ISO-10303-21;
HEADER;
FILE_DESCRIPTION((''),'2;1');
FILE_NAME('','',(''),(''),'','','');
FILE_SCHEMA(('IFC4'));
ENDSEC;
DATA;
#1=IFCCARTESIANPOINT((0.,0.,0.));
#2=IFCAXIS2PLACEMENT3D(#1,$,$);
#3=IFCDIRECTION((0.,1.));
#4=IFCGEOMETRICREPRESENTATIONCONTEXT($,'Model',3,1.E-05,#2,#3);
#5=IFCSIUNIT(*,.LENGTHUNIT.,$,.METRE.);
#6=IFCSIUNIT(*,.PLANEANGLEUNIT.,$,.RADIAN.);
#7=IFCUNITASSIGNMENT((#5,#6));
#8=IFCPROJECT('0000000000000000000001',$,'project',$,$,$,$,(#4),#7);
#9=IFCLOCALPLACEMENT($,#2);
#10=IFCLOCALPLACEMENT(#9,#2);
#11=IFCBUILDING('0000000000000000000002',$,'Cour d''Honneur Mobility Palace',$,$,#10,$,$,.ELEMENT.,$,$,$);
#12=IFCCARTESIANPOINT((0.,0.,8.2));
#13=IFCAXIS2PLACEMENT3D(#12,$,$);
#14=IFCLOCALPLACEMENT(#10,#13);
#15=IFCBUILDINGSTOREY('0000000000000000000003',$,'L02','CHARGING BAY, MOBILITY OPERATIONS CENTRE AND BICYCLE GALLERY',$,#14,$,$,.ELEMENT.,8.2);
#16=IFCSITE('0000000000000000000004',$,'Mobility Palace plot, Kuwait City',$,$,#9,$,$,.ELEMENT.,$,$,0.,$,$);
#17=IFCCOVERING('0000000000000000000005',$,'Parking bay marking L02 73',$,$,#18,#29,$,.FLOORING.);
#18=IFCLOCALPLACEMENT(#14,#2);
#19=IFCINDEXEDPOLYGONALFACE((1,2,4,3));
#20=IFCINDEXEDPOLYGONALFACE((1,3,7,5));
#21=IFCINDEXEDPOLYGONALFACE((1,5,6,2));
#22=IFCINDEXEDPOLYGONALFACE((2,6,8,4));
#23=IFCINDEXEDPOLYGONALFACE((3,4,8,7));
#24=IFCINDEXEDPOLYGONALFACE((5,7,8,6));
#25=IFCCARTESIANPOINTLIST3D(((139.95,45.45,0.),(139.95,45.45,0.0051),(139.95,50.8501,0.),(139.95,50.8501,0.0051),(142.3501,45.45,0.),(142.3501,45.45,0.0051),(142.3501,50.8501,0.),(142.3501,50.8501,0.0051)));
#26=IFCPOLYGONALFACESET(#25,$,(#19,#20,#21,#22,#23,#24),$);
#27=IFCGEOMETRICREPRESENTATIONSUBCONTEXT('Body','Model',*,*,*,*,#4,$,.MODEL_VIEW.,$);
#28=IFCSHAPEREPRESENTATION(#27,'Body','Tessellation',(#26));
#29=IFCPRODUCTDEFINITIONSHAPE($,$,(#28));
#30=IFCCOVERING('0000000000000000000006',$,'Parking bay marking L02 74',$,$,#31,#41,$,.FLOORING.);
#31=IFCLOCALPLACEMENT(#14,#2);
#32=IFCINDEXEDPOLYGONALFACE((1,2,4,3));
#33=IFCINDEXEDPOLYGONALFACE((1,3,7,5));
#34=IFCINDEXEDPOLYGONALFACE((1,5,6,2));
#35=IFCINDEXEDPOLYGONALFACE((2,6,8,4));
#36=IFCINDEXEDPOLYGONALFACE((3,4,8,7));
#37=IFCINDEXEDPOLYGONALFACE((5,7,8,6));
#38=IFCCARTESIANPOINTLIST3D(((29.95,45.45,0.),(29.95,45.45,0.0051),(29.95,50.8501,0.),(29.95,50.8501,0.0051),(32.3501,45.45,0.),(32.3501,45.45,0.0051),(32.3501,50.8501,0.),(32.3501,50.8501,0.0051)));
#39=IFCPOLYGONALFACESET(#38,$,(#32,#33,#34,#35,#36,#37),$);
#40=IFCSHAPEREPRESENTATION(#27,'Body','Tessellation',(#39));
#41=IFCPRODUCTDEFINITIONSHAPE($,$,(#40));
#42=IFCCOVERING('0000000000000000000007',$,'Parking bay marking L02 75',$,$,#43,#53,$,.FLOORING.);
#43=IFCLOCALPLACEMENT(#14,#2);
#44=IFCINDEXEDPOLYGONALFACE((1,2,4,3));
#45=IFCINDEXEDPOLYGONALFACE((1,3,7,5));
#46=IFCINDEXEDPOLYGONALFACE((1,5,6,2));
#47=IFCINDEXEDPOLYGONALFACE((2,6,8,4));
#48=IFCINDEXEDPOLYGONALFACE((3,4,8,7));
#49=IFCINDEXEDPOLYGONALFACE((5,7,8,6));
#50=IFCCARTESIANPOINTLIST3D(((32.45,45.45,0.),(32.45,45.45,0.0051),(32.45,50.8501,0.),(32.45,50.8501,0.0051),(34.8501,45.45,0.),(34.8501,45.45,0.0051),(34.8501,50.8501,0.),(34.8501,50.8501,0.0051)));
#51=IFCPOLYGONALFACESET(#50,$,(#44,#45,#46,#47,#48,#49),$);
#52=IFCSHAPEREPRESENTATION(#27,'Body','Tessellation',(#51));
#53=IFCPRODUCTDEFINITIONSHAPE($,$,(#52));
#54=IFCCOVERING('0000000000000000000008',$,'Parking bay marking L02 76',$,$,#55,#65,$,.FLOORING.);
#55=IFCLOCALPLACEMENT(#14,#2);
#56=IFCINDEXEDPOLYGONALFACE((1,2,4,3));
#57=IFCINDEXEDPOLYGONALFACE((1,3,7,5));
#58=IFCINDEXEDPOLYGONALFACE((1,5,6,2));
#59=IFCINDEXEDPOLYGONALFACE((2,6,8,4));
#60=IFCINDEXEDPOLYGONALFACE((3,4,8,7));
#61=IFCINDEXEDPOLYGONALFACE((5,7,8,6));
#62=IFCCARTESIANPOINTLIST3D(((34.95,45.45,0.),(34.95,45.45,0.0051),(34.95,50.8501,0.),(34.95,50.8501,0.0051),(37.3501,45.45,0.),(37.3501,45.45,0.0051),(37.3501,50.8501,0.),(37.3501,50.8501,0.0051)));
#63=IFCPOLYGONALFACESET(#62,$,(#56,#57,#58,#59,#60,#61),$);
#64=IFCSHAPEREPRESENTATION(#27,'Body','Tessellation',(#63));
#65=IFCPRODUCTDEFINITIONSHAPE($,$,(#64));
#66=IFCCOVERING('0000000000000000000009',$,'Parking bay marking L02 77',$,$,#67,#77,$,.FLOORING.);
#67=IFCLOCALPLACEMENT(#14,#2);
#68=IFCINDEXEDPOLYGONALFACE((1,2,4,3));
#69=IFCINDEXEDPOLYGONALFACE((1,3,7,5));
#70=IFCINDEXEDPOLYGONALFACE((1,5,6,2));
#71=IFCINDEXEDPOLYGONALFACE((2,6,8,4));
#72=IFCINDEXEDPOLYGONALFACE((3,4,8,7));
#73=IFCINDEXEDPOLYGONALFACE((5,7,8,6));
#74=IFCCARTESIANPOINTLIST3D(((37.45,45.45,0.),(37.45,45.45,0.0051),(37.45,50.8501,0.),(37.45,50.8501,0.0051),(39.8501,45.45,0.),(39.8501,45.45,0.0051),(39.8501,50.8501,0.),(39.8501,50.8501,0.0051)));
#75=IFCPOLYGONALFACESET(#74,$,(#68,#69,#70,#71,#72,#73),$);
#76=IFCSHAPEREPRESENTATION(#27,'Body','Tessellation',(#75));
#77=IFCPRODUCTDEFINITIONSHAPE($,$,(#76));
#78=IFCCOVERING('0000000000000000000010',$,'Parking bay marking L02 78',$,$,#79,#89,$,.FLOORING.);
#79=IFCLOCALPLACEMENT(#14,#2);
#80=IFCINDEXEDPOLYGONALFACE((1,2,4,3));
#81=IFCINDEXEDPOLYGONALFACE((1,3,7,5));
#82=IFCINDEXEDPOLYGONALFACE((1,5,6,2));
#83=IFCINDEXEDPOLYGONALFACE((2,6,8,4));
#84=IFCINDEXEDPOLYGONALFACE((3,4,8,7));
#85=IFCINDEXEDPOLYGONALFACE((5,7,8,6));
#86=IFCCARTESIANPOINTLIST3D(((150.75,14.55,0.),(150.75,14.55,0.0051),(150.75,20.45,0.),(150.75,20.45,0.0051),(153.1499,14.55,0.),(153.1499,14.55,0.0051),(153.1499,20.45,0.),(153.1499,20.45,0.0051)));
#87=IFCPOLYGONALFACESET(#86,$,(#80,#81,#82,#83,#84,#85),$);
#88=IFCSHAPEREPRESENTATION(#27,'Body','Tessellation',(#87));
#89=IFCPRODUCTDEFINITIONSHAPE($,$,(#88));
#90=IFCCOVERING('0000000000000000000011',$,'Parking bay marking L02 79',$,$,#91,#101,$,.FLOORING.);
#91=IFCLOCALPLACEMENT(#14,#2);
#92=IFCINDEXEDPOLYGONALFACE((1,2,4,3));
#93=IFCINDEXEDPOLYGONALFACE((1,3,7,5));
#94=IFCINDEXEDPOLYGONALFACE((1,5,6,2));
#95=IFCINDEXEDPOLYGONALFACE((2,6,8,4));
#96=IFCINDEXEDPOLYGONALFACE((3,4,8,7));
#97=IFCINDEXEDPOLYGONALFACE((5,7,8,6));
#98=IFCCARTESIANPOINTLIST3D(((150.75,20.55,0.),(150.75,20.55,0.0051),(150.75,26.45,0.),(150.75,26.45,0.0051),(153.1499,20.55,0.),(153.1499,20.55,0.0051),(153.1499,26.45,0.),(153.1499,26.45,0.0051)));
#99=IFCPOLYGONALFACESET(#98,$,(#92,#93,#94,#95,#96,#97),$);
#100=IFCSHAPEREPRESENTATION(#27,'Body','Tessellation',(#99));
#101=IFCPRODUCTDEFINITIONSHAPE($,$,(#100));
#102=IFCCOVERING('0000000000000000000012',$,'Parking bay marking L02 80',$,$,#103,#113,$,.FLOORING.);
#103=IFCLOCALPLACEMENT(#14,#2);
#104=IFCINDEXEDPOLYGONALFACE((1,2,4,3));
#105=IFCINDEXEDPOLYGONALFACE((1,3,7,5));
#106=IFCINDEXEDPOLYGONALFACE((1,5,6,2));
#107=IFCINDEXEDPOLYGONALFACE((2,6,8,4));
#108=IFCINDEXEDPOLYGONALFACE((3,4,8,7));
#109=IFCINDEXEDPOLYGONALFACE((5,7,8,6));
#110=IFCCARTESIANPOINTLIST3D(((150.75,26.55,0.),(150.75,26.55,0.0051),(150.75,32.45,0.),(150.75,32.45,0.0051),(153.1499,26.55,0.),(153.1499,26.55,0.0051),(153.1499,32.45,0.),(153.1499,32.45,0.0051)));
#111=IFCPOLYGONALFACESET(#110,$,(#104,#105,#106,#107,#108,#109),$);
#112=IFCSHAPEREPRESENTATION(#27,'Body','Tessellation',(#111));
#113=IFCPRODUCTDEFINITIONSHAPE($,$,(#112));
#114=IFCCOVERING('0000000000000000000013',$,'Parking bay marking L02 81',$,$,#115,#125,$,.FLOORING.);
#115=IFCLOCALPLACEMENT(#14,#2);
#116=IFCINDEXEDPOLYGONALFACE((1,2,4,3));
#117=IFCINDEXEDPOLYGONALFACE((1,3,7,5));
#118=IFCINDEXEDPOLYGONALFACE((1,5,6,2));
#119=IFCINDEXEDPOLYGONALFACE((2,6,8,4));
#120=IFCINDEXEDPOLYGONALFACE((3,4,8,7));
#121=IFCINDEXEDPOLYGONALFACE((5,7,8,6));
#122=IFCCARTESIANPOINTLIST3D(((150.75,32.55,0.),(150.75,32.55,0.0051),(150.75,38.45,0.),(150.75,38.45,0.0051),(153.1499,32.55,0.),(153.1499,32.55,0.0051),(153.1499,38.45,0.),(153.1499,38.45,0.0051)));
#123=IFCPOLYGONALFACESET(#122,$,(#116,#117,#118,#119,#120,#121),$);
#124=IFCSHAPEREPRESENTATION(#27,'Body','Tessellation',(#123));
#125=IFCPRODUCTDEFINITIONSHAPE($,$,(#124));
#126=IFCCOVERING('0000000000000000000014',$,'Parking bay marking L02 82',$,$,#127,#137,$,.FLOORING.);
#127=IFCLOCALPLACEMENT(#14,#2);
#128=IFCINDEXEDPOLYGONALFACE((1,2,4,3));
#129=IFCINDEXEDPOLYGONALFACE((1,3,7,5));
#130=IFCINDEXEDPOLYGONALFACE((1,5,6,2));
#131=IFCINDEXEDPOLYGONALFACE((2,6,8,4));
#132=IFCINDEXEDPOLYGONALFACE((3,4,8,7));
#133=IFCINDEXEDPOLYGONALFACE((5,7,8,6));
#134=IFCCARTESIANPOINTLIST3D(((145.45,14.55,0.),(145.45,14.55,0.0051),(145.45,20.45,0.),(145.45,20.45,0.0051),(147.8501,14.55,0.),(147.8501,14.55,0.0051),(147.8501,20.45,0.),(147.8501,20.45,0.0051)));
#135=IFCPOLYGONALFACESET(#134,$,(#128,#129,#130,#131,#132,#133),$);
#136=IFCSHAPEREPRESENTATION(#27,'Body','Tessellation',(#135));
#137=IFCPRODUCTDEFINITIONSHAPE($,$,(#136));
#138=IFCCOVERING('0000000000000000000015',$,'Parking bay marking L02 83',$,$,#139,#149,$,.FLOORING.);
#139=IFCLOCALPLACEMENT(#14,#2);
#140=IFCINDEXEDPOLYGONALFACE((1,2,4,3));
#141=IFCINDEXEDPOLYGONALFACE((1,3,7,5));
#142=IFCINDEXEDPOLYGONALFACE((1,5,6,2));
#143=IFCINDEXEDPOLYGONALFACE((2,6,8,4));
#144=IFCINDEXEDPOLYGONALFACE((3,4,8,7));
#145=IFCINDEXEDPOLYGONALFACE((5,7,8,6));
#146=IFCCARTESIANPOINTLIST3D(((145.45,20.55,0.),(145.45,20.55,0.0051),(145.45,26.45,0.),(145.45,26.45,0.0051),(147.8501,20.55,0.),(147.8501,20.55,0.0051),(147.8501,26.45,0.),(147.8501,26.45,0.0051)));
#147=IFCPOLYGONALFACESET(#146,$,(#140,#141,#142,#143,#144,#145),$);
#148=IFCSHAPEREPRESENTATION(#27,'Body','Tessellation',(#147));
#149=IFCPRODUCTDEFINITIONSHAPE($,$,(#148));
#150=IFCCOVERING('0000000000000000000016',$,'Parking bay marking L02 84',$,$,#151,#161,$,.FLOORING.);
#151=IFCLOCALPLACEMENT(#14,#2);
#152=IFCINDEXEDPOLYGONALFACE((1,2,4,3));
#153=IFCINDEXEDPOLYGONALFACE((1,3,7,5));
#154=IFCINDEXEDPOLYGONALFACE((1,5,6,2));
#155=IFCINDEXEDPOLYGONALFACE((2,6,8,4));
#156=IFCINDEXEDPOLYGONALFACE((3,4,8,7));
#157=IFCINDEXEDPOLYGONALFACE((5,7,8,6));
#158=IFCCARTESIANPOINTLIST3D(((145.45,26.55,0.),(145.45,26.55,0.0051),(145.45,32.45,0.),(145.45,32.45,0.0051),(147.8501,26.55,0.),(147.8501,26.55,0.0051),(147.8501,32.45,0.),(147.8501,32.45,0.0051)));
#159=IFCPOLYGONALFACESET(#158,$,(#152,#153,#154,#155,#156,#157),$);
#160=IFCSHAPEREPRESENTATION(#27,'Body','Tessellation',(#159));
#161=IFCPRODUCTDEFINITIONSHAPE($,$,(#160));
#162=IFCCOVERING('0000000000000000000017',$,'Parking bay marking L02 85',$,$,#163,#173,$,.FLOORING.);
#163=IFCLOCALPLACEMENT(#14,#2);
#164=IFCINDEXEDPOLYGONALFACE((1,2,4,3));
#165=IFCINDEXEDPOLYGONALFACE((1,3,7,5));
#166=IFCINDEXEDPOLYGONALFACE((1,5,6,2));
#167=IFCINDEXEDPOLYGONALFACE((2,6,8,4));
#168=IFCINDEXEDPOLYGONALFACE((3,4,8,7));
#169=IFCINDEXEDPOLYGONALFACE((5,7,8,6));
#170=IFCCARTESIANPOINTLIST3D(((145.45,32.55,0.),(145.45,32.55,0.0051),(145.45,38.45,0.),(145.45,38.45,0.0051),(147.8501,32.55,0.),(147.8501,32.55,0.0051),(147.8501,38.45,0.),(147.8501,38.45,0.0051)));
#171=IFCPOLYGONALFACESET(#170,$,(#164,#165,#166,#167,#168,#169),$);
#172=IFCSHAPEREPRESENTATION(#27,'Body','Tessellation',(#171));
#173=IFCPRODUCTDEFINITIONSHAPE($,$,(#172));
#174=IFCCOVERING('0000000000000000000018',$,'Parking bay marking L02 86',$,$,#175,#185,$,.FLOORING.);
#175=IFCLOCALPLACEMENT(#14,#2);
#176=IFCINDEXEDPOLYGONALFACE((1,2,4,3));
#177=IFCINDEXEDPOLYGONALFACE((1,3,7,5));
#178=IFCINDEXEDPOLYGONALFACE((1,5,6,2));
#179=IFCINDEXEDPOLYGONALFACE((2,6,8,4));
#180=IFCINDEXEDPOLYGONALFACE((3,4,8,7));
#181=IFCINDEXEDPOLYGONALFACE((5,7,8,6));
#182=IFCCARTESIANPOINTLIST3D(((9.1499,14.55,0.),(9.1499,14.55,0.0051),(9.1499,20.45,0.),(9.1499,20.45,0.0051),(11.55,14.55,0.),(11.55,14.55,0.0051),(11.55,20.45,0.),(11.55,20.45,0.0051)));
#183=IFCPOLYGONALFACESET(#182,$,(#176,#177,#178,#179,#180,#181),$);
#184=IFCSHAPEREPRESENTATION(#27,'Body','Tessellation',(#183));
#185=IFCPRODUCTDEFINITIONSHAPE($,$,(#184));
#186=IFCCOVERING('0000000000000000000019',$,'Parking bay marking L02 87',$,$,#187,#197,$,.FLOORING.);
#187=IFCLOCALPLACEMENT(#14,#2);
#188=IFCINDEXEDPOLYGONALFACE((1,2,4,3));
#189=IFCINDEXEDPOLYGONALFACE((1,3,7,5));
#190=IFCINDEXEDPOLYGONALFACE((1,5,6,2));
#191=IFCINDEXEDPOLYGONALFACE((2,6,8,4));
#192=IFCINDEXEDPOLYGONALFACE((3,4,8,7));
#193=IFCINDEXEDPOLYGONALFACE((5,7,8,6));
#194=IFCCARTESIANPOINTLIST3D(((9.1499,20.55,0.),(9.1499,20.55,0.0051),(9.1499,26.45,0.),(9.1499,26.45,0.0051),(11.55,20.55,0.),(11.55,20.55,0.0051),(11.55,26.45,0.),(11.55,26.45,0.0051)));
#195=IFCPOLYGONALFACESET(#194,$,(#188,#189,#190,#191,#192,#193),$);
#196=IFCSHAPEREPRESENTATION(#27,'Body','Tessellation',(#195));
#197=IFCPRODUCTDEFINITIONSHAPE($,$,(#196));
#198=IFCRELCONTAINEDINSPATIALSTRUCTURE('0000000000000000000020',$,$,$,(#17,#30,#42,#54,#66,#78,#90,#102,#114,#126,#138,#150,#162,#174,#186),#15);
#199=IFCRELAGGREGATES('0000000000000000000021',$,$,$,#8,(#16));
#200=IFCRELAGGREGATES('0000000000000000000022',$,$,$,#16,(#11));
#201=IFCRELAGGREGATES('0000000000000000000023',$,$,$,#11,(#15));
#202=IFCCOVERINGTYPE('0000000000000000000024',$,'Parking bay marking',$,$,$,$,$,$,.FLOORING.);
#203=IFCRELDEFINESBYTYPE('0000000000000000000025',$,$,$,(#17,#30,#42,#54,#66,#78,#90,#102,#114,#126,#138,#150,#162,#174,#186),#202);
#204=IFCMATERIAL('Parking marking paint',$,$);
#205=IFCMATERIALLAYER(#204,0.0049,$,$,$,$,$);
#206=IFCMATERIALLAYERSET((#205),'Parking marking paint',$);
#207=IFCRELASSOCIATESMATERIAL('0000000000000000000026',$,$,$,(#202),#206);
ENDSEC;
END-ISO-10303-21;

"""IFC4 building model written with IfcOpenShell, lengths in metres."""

from ifc_helpers import new_model, si_unit, direction, frame, origin, place, context, subcontext, project, spatial, polyline, outline, extrude, material, layer, layer_set, type_object, element, save


model = new_model("IFC4")

# Units and contexts
model_context = context("Model", 3, precision=1e-05, world=origin(), true_north=direction((0.0, 1.0)))
body_context = subcontext(model_context, "Body", "Model", "MODEL_VIEW")
ifc_project = project(units=[si_unit("LENGTHUNIT", "METRE"), si_unit("PLANEANGLEUNIT", "RADIAN")], contexts=[model_context])

# Site, building, storey
site_placement = place(None, origin())
site = spatial("IfcSite", under=ifc_project, at=site_placement, Name="Mobility Palace plot, Kuwait City", CompositionType="ELEMENT", RefElevation=0.0)
building_placement = place(site_placement, origin())
building = spatial("IfcBuilding", under=site, at=building_placement, Name="Cour d'Honneur Mobility Palace", CompositionType="ELEMENT")
storey_placement = place(building_placement, frame((0.0, 0.0, 8.2)))
storey = spatial("IfcBuildingStorey", under=building, at=storey_placement, Name="L02", Description="CHARGING BAY, MOBILITY OPERATIONS CENTRE AND BICYCLE GALLERY", CompositionType="ELEMENT", Elevation=8.2)

# Coverings
ifc_material_1 = material(Name="Parking marking paint")
ifc_layer_1 = layer(ifc_material_1, 0.0049)
ifc_layer_set_1 = layer_set([ifc_layer_1], Name="Parking marking paint")
covering_type = type_object("IfcCoveringType", Name="Parking bay marking", PredefinedType="FLOORING", material=ifc_layer_set_1)
covering_1_placement = place(storey_placement, origin())
element("IfcCovering", 1, at=covering_1_placement, inside=storey, type_object=covering_type, Name="Parking bay marking L02 73", PredefinedType="FLOORING", context=body_context, shape_type="SweptSolid", body=[
    extrude(outline(polyline([(142.3501, 45.45), (139.95, 45.45), (139.95, 50.8501), (142.3501, 50.8501), (142.3501, 45.45)])), origin(), (0.0, 0.0, 1.0), 0.0051),
])
covering_2_placement = place(storey_placement, origin())
element("IfcCovering", 2, at=covering_2_placement, inside=storey, type_object=covering_type, Name="Parking bay marking L02 74", PredefinedType="FLOORING", context=body_context, shape_type="SweptSolid", body=[
    extrude(outline(polyline([(32.3501, 45.45), (29.95, 45.45), (29.95, 50.8501), (32.3501, 50.8501), (32.3501, 45.45)])), origin(), (0.0, 0.0, 1.0), 0.0051),
])
covering_3_placement = place(storey_placement, origin())
element("IfcCovering", 3, at=covering_3_placement, inside=storey, type_object=covering_type, Name="Parking bay marking L02 75", PredefinedType="FLOORING", context=body_context, shape_type="SweptSolid", body=[
    extrude(outline(polyline([(34.8501, 45.45), (32.45, 45.45), (32.45, 50.8501), (34.8501, 50.8501), (34.8501, 45.45)])), origin(), (0.0, 0.0, 1.0), 0.0051),
])
covering_4_placement = place(storey_placement, origin())
element("IfcCovering", 4, at=covering_4_placement, inside=storey, type_object=covering_type, Name="Parking bay marking L02 76", PredefinedType="FLOORING", context=body_context, shape_type="SweptSolid", body=[
    extrude(outline(polyline([(37.3501, 45.45), (34.95, 45.45), (34.95, 50.8501), (37.3501, 50.8501), (37.3501, 45.45)])), origin(), (0.0, 0.0, 1.0), 0.0051),
])
covering_5_placement = place(storey_placement, origin())
element("IfcCovering", 5, at=covering_5_placement, inside=storey, type_object=covering_type, Name="Parking bay marking L02 77", PredefinedType="FLOORING", context=body_context, shape_type="SweptSolid", body=[
    extrude(outline(polyline([(39.8501, 45.45), (37.45, 45.45), (37.45, 50.8501), (39.8501, 50.8501), (39.8501, 45.45)])), origin(), (0.0, 0.0, 1.0), 0.0051),
])
covering_6_placement = place(storey_placement, origin())
element("IfcCovering", 6, at=covering_6_placement, inside=storey, type_object=covering_type, Name="Parking bay marking L02 78", PredefinedType="FLOORING", context=body_context, shape_type="SweptSolid", body=[
    extrude(outline(polyline([(153.1499, 14.55), (150.75, 14.55), (150.75, 20.45), (153.1499, 20.45), (153.1499, 14.55)])), origin(), (0.0, 0.0, 1.0), 0.0051),
])
covering_7_placement = place(storey_placement, origin())
element("IfcCovering", 7, at=covering_7_placement, inside=storey, type_object=covering_type, Name="Parking bay marking L02 79", PredefinedType="FLOORING", context=body_context, shape_type="SweptSolid", body=[
    extrude(outline(polyline([(153.1499, 20.55), (150.75, 20.55), (150.75, 26.45), (153.1499, 26.45), (153.1499, 20.55)])), origin(), (0.0, 0.0, 1.0), 0.0051),
])
covering_8_placement = place(storey_placement, origin())
element("IfcCovering", 8, at=covering_8_placement, inside=storey, type_object=covering_type, Name="Parking bay marking L02 80", PredefinedType="FLOORING", context=body_context, shape_type="SweptSolid", body=[
    extrude(outline(polyline([(153.1499, 26.55), (150.75, 26.55), (150.75, 32.45), (153.1499, 32.45), (153.1499, 26.55)])), origin(), (0.0, 0.0, 1.0), 0.0051),
])
covering_9_placement = place(storey_placement, origin())
element("IfcCovering", 9, at=covering_9_placement, inside=storey, type_object=covering_type, Name="Parking bay marking L02 81", PredefinedType="FLOORING", context=body_context, shape_type="SweptSolid", body=[
    extrude(outline(polyline([(153.1499, 32.55), (150.75, 32.55), (150.75, 38.45), (153.1499, 38.45), (153.1499, 32.55)])), origin(), (0.0, 0.0, 1.0), 0.0051),
])
covering_10_placement = place(storey_placement, origin())
element("IfcCovering", 10, at=covering_10_placement, inside=storey, type_object=covering_type, Name="Parking bay marking L02 82", PredefinedType="FLOORING", context=body_context, shape_type="SweptSolid", body=[
    extrude(outline(polyline([(147.8501, 14.55), (145.45, 14.55), (145.45, 20.45), (147.8501, 20.45), (147.8501, 14.55)])), origin(), (0.0, 0.0, 1.0), 0.0051),
])
covering_11_placement = place(storey_placement, origin())
element("IfcCovering", 11, at=covering_11_placement, inside=storey, type_object=covering_type, Name="Parking bay marking L02 83", PredefinedType="FLOORING", context=body_context, shape_type="SweptSolid", body=[
    extrude(outline(polyline([(147.8501, 20.55), (145.45, 20.55), (145.45, 26.45), (147.8501, 26.45), (147.8501, 20.55)])), origin(), (0.0, 0.0, 1.0), 0.0051),
])
covering_12_placement = place(storey_placement, origin())
element("IfcCovering", 12, at=covering_12_placement, inside=storey, type_object=covering_type, Name="Parking bay marking L02 84", PredefinedType="FLOORING", context=body_context, shape_type="SweptSolid", body=[
    extrude(outline(polyline([(147.8501, 26.55), (145.45, 26.55), (145.45, 32.45), (147.8501, 32.45), (147.8501, 26.55)])), origin(), (0.0, 0.0, 1.0), 0.0051),
])
covering_13_placement = place(storey_placement, origin())
element("IfcCovering", 13, at=covering_13_placement, inside=storey, type_object=covering_type, Name="Parking bay marking L02 85", PredefinedType="FLOORING", context=body_context, shape_type="SweptSolid", body=[
    extrude(outline(polyline([(147.8501, 32.55), (145.45, 32.55), (145.45, 38.45), (147.8501, 38.45), (147.8501, 32.55)])), origin(), (0.0, 0.0, 1.0), 0.0051),
])
covering_14_placement = place(storey_placement, origin())
element("IfcCovering", 14, at=covering_14_placement, inside=storey, type_object=covering_type, Name="Parking bay marking L02 86", PredefinedType="FLOORING", context=body_context, shape_type="SweptSolid", body=[
    extrude(outline(polyline([(11.55, 14.55), (9.1499, 14.55), (9.1499, 20.45), (11.55, 20.45), (11.55, 14.55)])), origin(), (0.0, 0.0, 1.0), 0.0051),
])
covering_15_placement = place(storey_placement, origin())
element("IfcCovering", 15, at=covering_15_placement, inside=storey, type_object=covering_type, Name="Parking bay marking L02 87", PredefinedType="FLOORING", context=body_context, shape_type="SweptSolid", body=[
    extrude(outline(polyline([(11.55, 20.55), (9.1499, 20.55), (9.1499, 26.45), (11.55, 26.45), (11.55, 20.55)])), origin(), (0.0, 0.0, 1.0), 0.0051),
])

save(model, "model.ifc")
